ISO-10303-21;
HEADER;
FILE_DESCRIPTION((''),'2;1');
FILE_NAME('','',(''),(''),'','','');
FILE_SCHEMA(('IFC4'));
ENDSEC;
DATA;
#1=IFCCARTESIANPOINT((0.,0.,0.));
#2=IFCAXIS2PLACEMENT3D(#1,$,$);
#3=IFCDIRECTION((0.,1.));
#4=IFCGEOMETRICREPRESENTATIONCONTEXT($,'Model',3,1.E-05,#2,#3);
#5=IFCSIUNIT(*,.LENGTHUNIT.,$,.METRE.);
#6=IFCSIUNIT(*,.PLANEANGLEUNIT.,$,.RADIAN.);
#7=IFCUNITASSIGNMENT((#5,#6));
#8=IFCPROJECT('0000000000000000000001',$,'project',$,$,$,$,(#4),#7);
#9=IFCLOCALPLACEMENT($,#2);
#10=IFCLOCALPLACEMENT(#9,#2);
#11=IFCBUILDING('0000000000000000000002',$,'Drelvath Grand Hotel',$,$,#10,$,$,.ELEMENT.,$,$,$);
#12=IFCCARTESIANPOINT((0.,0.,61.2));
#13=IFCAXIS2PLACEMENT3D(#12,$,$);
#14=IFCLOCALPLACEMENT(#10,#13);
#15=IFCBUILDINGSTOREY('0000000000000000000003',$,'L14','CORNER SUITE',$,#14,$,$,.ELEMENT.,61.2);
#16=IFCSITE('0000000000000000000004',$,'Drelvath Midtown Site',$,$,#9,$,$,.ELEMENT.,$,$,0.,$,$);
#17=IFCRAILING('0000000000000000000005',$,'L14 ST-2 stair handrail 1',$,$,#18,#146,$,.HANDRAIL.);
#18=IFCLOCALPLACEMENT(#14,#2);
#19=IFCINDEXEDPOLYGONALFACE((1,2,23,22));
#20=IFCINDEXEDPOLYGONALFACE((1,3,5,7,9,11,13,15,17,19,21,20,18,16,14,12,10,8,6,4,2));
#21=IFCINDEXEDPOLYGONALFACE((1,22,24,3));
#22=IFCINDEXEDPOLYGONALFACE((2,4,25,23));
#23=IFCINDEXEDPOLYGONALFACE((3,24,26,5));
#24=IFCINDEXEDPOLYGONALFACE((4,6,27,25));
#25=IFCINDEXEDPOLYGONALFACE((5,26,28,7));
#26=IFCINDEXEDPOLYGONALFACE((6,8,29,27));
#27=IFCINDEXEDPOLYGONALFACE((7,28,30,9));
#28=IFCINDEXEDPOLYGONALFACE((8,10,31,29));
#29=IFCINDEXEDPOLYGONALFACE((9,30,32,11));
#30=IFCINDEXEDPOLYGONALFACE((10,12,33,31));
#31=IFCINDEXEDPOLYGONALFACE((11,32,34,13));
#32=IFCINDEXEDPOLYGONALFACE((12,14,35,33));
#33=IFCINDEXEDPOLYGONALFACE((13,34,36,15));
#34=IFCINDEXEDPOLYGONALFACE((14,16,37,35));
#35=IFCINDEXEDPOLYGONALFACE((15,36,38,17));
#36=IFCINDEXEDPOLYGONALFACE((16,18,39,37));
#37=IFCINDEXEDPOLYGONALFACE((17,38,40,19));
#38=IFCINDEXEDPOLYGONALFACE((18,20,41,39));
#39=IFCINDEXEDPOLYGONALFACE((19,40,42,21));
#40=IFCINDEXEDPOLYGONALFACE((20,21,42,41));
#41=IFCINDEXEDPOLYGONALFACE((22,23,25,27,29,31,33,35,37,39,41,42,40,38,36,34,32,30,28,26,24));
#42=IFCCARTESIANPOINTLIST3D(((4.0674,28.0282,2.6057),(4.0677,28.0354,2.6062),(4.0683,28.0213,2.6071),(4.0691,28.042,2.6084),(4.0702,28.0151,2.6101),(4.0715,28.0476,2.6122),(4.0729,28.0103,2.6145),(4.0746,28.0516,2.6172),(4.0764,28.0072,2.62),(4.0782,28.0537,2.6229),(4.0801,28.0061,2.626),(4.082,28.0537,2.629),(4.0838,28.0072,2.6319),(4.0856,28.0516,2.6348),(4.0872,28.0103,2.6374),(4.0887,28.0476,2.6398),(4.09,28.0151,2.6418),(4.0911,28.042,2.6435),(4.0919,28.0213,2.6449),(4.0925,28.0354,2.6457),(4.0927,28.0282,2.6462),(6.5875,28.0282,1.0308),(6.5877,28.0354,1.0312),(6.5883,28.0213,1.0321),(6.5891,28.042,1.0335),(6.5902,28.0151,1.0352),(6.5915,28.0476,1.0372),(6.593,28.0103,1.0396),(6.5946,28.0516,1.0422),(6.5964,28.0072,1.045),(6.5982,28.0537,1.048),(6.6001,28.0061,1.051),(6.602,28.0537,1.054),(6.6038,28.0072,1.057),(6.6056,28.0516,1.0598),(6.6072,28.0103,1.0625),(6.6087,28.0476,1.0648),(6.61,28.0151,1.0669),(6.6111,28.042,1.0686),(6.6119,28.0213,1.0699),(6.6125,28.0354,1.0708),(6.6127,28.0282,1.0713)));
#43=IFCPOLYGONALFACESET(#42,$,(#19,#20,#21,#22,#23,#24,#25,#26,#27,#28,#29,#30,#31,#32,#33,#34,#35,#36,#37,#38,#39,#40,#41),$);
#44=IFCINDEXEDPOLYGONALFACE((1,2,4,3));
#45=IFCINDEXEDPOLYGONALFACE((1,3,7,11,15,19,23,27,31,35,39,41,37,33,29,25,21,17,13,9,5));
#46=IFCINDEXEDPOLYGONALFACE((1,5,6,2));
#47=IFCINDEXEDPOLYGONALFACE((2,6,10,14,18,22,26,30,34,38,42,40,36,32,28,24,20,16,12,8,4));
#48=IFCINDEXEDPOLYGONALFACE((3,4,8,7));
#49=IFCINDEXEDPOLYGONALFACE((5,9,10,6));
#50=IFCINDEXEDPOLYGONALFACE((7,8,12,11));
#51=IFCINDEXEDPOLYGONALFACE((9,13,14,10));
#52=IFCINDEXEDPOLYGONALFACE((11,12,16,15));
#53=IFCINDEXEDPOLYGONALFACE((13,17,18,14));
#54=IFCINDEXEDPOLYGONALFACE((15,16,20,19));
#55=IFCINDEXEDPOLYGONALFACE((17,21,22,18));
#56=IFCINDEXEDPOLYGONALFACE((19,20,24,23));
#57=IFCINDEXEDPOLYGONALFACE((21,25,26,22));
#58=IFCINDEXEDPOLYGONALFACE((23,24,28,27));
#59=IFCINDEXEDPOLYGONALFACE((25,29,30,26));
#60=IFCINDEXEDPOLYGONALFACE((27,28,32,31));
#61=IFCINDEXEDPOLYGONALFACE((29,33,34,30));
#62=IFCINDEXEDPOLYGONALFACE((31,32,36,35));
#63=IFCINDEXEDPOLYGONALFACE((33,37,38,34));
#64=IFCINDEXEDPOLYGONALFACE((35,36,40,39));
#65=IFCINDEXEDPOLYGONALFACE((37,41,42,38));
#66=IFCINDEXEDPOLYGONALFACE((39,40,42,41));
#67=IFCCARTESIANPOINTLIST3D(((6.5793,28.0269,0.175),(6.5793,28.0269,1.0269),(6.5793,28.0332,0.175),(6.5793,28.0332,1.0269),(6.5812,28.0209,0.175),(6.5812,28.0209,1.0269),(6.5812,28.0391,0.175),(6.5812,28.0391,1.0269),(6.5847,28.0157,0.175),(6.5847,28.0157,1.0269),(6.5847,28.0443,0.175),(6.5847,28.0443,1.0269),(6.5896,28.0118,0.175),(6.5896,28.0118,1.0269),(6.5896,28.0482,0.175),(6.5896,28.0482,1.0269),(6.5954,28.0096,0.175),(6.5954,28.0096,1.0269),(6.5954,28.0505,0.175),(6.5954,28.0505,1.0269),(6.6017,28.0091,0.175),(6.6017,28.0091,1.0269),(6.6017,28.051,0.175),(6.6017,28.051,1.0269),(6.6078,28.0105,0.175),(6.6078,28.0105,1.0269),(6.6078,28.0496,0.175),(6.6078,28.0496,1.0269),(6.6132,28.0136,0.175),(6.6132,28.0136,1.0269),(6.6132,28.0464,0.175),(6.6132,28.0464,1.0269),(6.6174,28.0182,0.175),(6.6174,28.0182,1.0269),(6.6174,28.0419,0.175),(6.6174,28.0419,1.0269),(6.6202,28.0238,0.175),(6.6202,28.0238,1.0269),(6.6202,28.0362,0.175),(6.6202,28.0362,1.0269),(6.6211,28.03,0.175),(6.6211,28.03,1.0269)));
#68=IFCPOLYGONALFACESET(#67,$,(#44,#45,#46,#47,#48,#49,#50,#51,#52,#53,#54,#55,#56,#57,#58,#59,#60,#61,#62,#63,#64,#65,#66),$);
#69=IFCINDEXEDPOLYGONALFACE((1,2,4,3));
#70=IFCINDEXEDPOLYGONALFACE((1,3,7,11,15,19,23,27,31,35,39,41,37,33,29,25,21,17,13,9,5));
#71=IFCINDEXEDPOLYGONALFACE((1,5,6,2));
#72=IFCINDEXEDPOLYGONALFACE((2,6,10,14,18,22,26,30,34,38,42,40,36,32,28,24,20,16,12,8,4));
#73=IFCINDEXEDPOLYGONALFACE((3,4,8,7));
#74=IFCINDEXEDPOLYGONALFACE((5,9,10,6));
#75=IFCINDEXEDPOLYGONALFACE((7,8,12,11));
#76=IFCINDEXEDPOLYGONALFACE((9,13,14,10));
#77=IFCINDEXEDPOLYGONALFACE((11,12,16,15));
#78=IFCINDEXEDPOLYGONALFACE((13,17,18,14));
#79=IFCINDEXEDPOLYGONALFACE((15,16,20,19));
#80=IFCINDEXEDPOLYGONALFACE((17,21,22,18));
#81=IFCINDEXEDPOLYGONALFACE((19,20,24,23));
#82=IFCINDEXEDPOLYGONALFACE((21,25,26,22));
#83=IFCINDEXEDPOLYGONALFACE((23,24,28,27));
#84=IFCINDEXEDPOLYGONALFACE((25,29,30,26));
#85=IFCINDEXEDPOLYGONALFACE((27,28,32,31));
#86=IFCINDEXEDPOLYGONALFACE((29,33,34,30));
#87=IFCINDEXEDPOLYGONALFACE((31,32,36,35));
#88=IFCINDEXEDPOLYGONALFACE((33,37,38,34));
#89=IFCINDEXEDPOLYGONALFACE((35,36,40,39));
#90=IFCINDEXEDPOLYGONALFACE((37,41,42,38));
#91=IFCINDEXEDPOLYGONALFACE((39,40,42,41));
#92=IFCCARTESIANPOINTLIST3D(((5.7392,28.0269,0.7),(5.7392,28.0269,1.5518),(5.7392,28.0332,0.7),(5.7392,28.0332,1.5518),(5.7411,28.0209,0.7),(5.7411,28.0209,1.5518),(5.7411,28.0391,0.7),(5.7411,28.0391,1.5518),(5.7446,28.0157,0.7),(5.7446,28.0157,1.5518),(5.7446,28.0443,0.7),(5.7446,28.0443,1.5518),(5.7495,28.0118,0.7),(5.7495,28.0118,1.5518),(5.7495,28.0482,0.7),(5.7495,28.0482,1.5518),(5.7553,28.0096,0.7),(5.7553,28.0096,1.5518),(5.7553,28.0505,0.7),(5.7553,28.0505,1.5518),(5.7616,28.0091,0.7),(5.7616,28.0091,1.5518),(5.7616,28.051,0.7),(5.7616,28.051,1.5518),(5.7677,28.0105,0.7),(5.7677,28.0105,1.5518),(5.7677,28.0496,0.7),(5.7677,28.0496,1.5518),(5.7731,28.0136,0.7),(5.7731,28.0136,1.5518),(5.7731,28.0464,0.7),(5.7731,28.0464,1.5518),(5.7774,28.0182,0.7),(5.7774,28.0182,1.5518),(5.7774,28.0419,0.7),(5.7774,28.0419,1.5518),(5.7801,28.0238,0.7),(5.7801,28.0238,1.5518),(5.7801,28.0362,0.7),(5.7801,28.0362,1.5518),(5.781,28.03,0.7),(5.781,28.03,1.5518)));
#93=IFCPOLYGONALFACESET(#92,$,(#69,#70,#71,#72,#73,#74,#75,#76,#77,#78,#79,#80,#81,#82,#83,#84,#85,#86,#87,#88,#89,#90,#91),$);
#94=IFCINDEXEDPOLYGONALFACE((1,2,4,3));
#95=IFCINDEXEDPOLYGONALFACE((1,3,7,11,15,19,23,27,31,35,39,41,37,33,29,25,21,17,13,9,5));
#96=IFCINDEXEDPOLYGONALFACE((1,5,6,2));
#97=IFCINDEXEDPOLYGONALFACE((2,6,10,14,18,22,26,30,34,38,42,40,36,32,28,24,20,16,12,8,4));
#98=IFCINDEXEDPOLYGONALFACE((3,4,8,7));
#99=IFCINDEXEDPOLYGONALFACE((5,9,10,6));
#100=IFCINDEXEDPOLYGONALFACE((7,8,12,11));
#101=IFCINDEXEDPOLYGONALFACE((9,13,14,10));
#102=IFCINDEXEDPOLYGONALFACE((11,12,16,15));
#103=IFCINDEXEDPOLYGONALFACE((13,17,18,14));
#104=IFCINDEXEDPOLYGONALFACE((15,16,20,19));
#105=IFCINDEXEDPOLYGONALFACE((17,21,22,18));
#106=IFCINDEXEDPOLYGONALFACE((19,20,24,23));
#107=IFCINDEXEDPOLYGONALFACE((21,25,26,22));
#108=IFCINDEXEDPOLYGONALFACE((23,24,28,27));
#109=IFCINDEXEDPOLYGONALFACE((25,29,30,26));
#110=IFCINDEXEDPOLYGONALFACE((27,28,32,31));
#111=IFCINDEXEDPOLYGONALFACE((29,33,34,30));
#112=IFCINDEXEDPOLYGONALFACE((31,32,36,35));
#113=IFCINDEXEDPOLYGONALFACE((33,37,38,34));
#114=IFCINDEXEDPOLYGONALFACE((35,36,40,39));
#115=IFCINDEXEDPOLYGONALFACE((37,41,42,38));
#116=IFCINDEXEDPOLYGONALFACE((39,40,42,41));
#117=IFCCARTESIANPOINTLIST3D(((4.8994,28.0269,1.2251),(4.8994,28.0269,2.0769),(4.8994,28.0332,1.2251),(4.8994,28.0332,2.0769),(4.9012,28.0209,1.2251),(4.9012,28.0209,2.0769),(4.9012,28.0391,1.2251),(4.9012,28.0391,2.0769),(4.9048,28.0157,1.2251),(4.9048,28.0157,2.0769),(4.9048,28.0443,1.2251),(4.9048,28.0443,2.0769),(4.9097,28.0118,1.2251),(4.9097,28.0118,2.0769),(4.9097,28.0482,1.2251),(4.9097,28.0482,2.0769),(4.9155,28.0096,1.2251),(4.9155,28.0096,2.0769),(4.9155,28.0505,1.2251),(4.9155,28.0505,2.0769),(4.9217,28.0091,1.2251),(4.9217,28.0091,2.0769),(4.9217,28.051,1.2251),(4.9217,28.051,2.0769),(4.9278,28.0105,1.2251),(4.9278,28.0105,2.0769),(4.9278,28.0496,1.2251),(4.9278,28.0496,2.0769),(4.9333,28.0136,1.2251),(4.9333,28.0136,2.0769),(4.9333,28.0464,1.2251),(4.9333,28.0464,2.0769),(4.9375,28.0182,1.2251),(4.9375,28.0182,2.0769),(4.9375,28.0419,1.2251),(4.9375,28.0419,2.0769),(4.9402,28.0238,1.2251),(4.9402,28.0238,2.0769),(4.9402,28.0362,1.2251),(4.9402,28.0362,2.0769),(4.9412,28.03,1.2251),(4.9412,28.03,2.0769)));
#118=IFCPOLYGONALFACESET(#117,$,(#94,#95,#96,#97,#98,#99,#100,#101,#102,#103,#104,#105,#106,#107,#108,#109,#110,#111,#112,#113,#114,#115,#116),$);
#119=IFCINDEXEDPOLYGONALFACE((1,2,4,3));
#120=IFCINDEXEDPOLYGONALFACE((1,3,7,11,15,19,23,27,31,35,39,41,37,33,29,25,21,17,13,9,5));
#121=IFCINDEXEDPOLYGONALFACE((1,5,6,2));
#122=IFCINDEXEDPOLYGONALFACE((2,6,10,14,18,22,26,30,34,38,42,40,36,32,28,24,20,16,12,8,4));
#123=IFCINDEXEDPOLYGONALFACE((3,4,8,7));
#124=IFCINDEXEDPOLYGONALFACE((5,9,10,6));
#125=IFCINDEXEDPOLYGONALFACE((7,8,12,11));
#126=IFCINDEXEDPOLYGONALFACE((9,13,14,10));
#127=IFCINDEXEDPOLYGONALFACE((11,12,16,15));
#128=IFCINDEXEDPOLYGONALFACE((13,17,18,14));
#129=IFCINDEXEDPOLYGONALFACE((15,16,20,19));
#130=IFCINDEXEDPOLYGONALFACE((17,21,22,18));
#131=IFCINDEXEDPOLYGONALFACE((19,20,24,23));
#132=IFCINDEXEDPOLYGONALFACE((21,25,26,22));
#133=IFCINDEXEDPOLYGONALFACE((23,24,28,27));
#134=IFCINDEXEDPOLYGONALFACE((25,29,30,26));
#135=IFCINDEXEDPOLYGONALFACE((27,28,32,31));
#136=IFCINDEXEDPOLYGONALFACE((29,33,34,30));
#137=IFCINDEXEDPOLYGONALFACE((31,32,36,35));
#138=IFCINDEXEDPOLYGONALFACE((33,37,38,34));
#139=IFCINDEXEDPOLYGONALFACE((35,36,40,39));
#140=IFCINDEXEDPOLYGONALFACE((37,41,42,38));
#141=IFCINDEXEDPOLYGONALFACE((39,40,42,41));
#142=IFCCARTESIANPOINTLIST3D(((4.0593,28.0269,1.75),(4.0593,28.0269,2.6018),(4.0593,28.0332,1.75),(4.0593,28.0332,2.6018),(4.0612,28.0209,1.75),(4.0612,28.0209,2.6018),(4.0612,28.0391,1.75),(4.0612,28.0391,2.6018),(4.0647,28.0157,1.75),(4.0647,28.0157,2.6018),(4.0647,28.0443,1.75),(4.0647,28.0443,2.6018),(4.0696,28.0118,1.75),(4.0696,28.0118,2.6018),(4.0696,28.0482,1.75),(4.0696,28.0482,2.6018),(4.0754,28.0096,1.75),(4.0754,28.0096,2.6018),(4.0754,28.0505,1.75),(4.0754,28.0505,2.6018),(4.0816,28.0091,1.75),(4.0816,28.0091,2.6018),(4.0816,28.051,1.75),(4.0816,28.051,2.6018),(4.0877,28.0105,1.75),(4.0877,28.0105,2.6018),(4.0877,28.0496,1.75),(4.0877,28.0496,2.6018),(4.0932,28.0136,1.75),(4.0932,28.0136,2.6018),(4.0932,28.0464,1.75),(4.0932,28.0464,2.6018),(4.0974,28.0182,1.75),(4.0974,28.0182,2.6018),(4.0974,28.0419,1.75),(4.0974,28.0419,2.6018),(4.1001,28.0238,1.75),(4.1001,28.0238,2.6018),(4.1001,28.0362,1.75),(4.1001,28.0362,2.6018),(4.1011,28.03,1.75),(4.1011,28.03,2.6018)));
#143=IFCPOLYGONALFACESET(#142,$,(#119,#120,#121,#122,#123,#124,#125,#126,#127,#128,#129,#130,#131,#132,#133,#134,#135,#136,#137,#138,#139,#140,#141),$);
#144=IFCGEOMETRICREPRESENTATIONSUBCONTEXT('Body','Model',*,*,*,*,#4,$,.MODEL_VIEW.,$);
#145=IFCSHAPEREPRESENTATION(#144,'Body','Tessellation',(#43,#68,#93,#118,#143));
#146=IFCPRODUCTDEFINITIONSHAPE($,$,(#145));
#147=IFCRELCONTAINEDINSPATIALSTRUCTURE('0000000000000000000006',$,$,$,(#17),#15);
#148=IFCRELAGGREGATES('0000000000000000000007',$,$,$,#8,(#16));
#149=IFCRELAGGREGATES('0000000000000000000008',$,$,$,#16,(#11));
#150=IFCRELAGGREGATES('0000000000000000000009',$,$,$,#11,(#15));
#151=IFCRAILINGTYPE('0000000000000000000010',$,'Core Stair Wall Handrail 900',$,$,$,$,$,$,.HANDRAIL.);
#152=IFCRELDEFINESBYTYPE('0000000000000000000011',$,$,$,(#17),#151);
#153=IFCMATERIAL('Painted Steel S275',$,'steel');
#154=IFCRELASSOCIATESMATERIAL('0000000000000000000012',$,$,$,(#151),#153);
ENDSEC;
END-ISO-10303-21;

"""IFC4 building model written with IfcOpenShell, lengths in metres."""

from ifc_helpers import new_model, si_unit, direction, frame, origin, origin_2d, place, context, subcontext, project, spatial, circle, extrude, material, type_object, element, save


model = new_model("IFC4")

# Units and contexts
model_context = context("Model", 3, precision=1e-05, world=origin(), true_north=direction((0.0, 1.0)))
body_context = subcontext(model_context, "Body", "Model", "MODEL_VIEW")
ifc_project = project(units=[si_unit("LENGTHUNIT", "METRE"), si_unit("PLANEANGLEUNIT", "RADIAN")], contexts=[model_context])

# Site, building, storey
site_placement = place(None, origin())
site = spatial("IfcSite", under=ifc_project, at=site_placement, Name="Drelvath Midtown Site", CompositionType="ELEMENT", RefElevation=0.0)
building_placement = place(site_placement, origin())
building = spatial("IfcBuilding", under=site, at=building_placement, Name="Drelvath Grand Hotel", CompositionType="ELEMENT")
storey_placement = place(building_placement, frame((0.0, 0.0, 61.2)))
storey = spatial("IfcBuildingStorey", under=building, at=storey_placement, Name="L14", Description="CORNER SUITE", CompositionType="ELEMENT", Elevation=61.2)

# Shared definitions
ifc_material_1 = material(Name="Painted Steel S275", Category="steel")

# Railing
railing_type_1 = type_object("IfcRailingType", Name="Core Stair Wall Handrail 900", PredefinedType="HANDRAIL", material=ifc_material_1)
railing_1_placement = place(storey_placement, frame((6.6001, 28.03, 0.175)))
element("IfcRailing", 1, at=railing_1_placement, inside=storey, type_object=railing_type_1, Name="L14 ST-2 stair handrail 1", PredefinedType="HANDRAIL", context=body_context, shape_type="SweptSolid", body=[
    extrude(circle(Radius=0.0239, at=origin_2d()), frame((0.0, 0.0, 0.876), z_axis=(-0.848008, 0.0, 0.529984), x_axis=(0.0, -1.0, 0.0)), (0.0, 0.0, 1.0), 2.9717),
    extrude(circle(Radius=0.021, at=origin_2d()), origin(), (0.0, 0.0, 1.0), 0.8518),
    extrude(circle(Radius=0.021, at=origin_2d()), frame((-0.8401, 0.0, 0.5249)), (0.0, 0.0, 1.0), 0.8518),
    extrude(circle(Radius=0.021, at=origin_2d()), frame((-1.6799, 0.0, 1.05)), (0.0, 0.0, 1.0), 0.8518),
    extrude(circle(Radius=0.021, at=origin_2d()), frame((-2.52, 0.0, 1.575)), (0.0, 0.0, 1.0), 0.8518),
])

save(model, "model.ifc")
